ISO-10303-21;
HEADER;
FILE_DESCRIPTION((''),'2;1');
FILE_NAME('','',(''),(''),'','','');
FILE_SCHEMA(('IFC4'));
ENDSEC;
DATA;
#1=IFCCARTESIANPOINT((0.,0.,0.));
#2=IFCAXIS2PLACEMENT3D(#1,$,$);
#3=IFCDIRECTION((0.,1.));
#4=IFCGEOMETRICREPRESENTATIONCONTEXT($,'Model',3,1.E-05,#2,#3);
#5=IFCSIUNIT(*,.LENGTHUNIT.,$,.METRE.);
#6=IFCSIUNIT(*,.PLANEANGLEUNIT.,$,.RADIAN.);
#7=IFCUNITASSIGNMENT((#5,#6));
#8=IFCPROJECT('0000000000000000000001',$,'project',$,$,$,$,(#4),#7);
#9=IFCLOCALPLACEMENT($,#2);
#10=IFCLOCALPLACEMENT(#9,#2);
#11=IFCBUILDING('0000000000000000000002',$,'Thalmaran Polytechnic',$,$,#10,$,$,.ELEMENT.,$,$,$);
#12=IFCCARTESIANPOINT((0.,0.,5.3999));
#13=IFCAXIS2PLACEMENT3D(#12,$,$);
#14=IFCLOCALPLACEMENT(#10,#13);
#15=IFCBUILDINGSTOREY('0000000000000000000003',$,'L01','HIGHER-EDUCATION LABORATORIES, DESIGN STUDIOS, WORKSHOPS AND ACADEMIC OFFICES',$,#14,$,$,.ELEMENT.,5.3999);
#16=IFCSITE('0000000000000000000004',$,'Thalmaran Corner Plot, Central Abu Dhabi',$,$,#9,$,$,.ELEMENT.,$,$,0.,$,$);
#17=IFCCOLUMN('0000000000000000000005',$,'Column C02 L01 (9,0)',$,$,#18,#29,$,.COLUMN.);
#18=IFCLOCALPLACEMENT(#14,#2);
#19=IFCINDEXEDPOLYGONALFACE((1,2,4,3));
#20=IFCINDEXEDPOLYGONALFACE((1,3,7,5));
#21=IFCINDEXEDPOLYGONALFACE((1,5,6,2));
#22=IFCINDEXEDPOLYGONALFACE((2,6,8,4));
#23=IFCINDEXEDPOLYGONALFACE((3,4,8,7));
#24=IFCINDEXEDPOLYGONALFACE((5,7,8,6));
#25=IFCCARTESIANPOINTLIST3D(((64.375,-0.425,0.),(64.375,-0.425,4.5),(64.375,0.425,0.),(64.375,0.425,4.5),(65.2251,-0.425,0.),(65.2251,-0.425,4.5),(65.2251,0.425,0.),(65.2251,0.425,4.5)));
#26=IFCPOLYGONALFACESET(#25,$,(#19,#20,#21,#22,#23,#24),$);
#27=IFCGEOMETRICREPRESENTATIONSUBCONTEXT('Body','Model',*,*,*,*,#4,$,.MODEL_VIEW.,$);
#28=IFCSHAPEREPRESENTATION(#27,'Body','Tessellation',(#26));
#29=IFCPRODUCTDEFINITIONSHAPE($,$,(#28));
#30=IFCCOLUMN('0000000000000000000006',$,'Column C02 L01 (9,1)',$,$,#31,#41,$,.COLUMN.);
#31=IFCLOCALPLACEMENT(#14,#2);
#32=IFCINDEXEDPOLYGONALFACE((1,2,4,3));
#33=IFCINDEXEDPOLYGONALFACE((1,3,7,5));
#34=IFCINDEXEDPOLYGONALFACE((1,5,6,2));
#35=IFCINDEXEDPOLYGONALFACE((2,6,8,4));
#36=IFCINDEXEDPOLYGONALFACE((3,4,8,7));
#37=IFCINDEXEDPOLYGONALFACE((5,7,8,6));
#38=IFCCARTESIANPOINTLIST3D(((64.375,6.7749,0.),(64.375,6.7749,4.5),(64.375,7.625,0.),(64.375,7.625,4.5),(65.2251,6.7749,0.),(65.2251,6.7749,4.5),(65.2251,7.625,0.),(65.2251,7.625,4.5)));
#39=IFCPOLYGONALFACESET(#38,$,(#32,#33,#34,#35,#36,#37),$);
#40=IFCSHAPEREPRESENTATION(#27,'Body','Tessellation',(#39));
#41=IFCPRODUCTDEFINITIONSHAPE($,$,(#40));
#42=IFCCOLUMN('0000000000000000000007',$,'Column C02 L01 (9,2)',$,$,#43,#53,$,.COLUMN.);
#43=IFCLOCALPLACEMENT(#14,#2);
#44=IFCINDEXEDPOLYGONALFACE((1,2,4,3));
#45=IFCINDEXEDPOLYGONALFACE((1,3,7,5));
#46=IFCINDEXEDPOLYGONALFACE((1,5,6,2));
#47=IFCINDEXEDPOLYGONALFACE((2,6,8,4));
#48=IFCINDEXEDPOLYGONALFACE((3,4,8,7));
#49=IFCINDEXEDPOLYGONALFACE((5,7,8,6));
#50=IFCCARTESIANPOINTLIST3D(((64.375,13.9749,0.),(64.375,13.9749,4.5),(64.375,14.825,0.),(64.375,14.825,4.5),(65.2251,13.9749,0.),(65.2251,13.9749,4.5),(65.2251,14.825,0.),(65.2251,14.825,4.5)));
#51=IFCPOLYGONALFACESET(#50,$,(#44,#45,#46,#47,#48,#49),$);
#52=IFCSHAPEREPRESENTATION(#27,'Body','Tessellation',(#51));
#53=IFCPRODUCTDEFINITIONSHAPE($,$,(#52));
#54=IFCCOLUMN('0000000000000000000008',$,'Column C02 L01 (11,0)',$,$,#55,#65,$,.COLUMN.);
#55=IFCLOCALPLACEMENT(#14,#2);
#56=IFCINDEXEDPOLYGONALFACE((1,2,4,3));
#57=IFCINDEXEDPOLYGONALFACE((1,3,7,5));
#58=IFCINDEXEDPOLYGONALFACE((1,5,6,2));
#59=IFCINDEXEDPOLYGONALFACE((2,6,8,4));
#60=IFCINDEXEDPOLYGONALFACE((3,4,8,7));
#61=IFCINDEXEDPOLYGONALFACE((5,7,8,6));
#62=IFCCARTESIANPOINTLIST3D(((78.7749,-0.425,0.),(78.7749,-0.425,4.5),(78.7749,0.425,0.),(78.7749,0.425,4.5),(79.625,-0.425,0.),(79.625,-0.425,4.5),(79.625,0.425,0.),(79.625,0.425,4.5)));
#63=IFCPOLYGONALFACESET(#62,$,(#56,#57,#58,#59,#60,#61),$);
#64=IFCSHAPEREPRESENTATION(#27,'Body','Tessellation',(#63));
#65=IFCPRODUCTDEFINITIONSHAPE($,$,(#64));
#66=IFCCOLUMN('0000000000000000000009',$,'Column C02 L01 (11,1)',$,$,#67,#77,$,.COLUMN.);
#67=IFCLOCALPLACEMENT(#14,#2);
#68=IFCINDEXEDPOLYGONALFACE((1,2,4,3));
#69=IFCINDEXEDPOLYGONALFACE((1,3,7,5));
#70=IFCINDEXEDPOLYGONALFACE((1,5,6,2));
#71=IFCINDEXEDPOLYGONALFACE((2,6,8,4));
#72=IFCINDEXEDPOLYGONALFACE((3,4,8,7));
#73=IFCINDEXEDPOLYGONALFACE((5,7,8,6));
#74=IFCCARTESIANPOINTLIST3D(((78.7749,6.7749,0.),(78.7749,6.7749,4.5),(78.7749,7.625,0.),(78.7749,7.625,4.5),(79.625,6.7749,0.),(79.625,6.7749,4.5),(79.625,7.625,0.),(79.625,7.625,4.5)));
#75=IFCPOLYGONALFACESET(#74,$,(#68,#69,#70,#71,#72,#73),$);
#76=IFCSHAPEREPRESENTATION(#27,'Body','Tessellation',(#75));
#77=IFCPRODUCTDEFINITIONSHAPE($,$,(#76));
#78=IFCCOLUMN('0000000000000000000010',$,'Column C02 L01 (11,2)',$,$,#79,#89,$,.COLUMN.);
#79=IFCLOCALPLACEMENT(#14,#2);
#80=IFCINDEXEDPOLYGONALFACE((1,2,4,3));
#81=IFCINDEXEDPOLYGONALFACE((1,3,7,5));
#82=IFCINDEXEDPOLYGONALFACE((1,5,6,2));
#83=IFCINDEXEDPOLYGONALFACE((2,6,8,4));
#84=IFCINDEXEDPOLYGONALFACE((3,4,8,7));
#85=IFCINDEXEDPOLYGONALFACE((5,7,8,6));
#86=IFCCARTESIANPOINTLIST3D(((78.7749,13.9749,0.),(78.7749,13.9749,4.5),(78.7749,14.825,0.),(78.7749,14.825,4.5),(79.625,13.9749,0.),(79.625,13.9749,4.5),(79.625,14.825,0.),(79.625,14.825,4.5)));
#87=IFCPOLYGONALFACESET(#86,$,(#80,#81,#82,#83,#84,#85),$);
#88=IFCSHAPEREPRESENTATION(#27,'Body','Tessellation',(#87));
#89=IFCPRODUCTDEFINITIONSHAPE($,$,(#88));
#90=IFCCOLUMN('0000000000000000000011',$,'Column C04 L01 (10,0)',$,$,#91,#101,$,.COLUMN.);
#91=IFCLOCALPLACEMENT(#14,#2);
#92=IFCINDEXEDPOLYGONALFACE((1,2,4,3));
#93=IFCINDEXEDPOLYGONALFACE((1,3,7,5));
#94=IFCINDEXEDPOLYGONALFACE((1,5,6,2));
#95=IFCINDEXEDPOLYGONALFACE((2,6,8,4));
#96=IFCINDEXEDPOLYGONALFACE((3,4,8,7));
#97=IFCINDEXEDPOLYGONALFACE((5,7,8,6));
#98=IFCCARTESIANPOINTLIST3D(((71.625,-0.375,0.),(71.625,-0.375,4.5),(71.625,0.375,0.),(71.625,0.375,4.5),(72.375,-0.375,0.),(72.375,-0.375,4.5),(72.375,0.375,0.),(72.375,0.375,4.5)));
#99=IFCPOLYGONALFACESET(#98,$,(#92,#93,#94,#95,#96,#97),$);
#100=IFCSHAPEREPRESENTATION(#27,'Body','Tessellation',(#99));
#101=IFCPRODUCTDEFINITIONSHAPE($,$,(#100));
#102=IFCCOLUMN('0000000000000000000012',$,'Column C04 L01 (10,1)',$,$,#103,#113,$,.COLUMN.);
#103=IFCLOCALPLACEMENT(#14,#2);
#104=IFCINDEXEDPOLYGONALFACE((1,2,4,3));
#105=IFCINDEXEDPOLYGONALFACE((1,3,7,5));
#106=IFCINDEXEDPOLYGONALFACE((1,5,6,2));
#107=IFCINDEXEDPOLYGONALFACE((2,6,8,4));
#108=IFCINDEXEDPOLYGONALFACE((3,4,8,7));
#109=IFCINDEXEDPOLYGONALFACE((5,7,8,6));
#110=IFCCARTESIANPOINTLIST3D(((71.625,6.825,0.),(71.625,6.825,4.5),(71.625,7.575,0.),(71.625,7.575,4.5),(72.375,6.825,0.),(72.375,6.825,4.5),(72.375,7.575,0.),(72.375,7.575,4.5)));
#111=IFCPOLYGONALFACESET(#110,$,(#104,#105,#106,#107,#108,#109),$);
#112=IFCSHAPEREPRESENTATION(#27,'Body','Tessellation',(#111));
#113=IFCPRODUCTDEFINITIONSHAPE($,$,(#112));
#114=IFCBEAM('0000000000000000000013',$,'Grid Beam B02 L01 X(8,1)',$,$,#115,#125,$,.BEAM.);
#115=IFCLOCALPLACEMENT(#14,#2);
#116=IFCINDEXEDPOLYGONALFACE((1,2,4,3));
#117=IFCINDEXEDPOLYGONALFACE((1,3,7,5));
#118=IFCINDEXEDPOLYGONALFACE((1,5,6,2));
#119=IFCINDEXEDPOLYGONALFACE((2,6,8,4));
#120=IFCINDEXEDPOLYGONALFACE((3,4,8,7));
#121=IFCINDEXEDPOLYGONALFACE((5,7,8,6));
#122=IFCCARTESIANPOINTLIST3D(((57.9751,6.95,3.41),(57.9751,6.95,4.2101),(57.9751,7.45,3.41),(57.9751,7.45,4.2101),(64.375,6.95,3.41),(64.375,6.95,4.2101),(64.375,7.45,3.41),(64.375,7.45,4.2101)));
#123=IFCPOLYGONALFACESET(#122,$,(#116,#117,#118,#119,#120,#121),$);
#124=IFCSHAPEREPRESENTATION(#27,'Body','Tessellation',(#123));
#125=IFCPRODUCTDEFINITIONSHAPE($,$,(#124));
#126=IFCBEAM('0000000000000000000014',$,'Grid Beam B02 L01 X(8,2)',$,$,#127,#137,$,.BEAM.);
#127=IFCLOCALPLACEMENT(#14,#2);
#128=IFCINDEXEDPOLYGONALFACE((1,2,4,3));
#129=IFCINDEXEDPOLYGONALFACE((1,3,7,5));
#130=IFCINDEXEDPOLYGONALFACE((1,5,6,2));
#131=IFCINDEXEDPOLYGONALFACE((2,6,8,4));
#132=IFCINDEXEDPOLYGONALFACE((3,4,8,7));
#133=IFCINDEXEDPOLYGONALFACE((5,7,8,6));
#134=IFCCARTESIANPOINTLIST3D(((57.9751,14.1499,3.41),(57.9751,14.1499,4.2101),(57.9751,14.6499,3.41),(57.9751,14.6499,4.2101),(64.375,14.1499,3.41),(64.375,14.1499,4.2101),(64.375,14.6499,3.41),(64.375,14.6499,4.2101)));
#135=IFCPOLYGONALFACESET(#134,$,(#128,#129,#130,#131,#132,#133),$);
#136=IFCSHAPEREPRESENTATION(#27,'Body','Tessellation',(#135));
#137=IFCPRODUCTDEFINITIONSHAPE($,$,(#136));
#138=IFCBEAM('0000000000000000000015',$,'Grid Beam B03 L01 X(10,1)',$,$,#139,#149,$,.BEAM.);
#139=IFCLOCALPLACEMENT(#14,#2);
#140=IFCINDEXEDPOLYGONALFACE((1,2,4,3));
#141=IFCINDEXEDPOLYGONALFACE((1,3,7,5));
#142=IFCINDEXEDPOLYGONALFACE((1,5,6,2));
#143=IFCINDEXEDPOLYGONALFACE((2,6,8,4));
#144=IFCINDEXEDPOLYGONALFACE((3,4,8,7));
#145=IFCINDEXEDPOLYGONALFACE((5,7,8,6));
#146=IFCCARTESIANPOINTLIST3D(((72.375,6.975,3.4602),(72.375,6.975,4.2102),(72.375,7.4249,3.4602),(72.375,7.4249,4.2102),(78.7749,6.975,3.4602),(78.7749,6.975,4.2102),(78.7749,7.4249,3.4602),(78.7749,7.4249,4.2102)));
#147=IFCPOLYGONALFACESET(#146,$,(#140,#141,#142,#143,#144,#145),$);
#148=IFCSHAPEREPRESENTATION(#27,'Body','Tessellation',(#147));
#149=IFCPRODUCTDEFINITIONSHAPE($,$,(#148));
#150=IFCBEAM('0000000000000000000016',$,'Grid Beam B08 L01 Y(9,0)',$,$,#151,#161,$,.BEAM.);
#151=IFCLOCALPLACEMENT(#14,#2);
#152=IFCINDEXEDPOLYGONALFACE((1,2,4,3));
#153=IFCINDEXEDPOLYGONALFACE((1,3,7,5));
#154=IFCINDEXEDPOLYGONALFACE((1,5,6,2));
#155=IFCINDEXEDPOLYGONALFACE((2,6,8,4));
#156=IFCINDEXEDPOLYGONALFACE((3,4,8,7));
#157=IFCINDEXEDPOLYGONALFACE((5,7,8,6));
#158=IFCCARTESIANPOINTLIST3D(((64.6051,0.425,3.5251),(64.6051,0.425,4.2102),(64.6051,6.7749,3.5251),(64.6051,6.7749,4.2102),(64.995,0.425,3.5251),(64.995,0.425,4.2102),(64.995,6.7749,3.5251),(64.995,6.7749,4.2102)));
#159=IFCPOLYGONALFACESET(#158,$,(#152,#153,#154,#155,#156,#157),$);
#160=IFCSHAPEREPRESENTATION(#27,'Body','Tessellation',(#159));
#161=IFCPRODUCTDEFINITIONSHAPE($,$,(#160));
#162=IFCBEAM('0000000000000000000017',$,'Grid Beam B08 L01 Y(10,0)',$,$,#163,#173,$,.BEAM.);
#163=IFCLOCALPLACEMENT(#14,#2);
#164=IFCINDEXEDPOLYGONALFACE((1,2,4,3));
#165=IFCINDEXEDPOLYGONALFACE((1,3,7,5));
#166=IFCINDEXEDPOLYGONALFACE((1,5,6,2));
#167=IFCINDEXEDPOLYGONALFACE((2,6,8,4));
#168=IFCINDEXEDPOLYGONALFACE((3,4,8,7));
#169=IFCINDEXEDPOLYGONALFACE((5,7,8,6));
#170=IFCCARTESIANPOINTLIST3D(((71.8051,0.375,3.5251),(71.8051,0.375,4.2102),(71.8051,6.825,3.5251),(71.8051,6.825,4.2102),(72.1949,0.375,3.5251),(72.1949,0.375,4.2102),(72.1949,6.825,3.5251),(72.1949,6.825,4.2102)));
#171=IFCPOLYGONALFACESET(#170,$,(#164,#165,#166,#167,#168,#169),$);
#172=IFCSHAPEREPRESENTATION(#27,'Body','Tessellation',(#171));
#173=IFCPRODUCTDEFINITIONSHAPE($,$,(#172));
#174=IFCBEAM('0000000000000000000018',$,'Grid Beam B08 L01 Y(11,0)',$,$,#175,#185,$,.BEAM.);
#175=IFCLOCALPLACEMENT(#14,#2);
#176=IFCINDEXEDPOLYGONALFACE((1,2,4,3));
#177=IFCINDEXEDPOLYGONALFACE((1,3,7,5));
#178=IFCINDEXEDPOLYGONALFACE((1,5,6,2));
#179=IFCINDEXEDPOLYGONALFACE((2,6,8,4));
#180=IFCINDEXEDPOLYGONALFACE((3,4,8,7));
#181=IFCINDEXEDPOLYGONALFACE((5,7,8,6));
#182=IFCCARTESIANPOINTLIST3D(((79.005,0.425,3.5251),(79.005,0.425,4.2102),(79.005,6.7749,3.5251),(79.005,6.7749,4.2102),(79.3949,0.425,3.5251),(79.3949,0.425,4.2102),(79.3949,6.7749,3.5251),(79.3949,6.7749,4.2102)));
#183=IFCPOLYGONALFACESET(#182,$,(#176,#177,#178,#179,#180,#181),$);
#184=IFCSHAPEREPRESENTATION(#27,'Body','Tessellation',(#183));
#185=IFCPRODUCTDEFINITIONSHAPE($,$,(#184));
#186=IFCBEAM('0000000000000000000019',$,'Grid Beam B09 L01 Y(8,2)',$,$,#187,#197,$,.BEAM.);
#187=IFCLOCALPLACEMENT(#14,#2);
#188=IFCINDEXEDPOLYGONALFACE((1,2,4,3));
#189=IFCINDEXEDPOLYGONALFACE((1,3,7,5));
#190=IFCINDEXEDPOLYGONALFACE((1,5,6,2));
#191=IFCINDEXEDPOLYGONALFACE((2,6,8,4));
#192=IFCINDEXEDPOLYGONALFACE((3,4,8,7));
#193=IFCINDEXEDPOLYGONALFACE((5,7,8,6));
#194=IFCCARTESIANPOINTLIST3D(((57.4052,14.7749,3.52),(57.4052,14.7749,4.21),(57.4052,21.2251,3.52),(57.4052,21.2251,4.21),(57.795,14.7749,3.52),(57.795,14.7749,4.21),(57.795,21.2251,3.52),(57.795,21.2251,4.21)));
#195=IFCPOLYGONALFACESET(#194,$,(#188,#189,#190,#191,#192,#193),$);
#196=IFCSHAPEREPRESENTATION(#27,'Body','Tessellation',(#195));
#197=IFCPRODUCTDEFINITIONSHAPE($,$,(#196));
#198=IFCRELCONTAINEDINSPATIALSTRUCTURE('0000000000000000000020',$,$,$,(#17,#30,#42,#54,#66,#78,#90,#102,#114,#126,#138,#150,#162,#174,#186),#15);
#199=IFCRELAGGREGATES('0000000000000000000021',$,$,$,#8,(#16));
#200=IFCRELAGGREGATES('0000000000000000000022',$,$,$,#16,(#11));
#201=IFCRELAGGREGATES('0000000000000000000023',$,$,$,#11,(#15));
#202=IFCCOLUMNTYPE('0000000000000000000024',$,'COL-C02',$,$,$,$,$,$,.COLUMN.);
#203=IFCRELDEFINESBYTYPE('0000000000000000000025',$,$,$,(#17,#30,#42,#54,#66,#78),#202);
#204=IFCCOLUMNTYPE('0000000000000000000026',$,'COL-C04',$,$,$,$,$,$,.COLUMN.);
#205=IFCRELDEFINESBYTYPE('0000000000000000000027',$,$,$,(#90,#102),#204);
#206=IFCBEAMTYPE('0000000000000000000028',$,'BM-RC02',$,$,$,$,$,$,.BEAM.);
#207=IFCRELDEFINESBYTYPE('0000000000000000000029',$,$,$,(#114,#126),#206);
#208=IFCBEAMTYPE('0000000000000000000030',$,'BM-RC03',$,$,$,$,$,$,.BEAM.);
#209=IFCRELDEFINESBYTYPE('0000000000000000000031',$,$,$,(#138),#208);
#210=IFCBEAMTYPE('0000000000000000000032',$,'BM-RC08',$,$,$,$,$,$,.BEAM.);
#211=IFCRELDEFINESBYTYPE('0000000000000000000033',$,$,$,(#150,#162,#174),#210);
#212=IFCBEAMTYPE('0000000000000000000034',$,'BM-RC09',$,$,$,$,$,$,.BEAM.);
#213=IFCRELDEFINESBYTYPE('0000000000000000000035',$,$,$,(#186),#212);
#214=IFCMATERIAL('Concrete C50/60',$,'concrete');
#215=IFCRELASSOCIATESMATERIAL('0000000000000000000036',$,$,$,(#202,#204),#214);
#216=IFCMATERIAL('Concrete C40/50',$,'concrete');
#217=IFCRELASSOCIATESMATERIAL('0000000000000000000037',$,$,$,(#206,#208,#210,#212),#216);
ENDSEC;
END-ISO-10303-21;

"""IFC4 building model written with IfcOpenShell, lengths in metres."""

from ifc_helpers import new_model, si_unit, direction, frame, origin, origin_2d, place, context, subcontext, project, spatial, rectangle, extrude, material, material_profile, profile_set, type_object, element, save


model = new_model("IFC4")

# Units and contexts
model_context = context("Model", 3, precision=1e-05, world=origin(), true_north=direction((0.0, 1.0)))
body_context = subcontext(model_context, "Body", "Model", "MODEL_VIEW")
ifc_project = project(units=[si_unit("LENGTHUNIT", "METRE"), si_unit("PLANEANGLEUNIT", "RADIAN")], contexts=[model_context])

# Site, building, storey
site_placement = place(None, origin())
site = spatial("IfcSite", under=ifc_project, at=site_placement, Name="Thalmaran Corner Plot, Central Abu Dhabi", CompositionType="ELEMENT", RefElevation=0.0)
building_placement = place(site_placement, origin())
building = spatial("IfcBuilding", under=site, at=building_placement, Name="Thalmaran Polytechnic", CompositionType="ELEMENT")
storey_placement = place(building_placement, frame((0.0, 0.0, 5.3999)))
storey = spatial("IfcBuildingStorey", under=building, at=storey_placement, Name="L01", Description="HIGHER-EDUCATION LABORATORIES, DESIGN STUDIOS, WORKSHOPS AND ACADEMIC OFFICES", CompositionType="ELEMENT", Elevation=5.3999)

# Columns
ifc_material_1 = material(Name="Concrete C50/60", Category="concrete")
ifc_material_profile_1 = material_profile(ifc_material_1, rectangle(XDim=0.8501, YDim=0.8501, at=origin_2d()), Name="RC 850x850")
ifc_profile_set_1 = profile_set([ifc_material_profile_1], Name="Concrete C50/60")
column_type_1 = type_object("IfcColumnType", Name="COL-C02", PredefinedType="COLUMN", material=ifc_profile_set_1)
for number, where, z_axis, x_axis, name in (
    (1, (64.8, 0.0, 0.0), (0.0, 0.0, 1.0), (1.0, 0.0, 0.0), "Column C02 L01 (9,0)"),
    (2, (64.8, 7.2, 0.0), (0.0, 0.0, 1.0), (1.0, 0.0, 0.0), "Column C02 L01 (9,1)"),
    (3, (64.8, 14.3999, 0.0), (0.0, 0.0, 1.0), (1.0, 0.0, 0.0), "Column C02 L01 (9,2)"),
    (4, (79.2, 0.0, 0.0), (0.0, 0.0, 1.0), (1.0, 0.0, 0.0), "Column C02 L01 (11,0)"),
    (5, (79.2, 7.2, 0.0), (0.0, 0.0, 1.0), (1.0, 0.0, 0.0), "Column C02 L01 (11,1)"),
    (6, (79.2, 14.3999, 0.0), (0.0, 0.0, 1.0), (1.0, 0.0, 0.0), "Column C02 L01 (11,2)"),
):
    element("IfcColumn", number, at=place(storey_placement, frame(where, z_axis=z_axis, x_axis=x_axis)), inside=storey, type_object=column_type_1, Name=name, PredefinedType="COLUMN", context=body_context, shape_type="SweptSolid", body=[
        extrude(rectangle(XDim=0.8501, YDim=0.8501, at=origin_2d()), origin(), (0.0, 0.0, 1.0), 4.5),
    ])
ifc_material_profile_2 = material_profile(ifc_material_1, rectangle(XDim=0.75, YDim=0.75, at=origin_2d()), Name="RC 750x750")
ifc_profile_set_2 = profile_set([ifc_material_profile_2], Name="Concrete C50/60")
column_type_2 = type_object("IfcColumnType", Name="COL-C04", PredefinedType="COLUMN", material=ifc_profile_set_2)
for number, where, z_axis, x_axis, name in (
    (7, (72.0, 0.0, 0.0), (0.0, 0.0, 1.0), (1.0, 0.0, 0.0), "Column C04 L01 (10,0)"),
    (8, (72.0, 7.2, 0.0), (0.0, 0.0, 1.0), (1.0, 0.0, 0.0), "Column C04 L01 (10,1)"),
):
    element("IfcColumn", number, at=place(storey_placement, frame(where, z_axis=z_axis, x_axis=x_axis)), inside=storey, type_object=column_type_2, Name=name, PredefinedType="COLUMN", context=body_context, shape_type="SweptSolid", body=[
        extrude(rectangle(XDim=0.75, YDim=0.75, at=origin_2d()), origin(), (0.0, 0.0, 1.0), 4.5),
    ])

# Beams
ifc_material_2 = material(Name="Concrete C40/50", Category="concrete")
ifc_material_profile_3 = material_profile(ifc_material_2, rectangle(XDim=0.5, YDim=0.8, at=origin_2d()), Name="RC 500x800")
ifc_profile_set_3 = profile_set([ifc_material_profile_3], Name="Concrete C40/50")
beam_type_1 = type_object("IfcBeamType", Name="BM-RC02", PredefinedType="BEAM", material=ifc_profile_set_3)
for number, where, z_axis, x_axis, name in (
    (9, (57.9751, 7.2, 3.8101), (1.0, 0.0, 0.0), (0.0, 1.0, 0.0), "Grid Beam B02 L01 X(8,1)"),
    (10, (57.9751, 14.3999, 3.8101), (1.0, 0.0, 0.0), (0.0, 1.0, 0.0), "Grid Beam B02 L01 X(8,2)"),
):
    element("IfcBeam", number, at=place(storey_placement, frame(where, z_axis=z_axis, x_axis=x_axis)), inside=storey, type_object=beam_type_1, Name=name, PredefinedType="BEAM", context=body_context, shape_type="SweptSolid", body=[
        extrude(rectangle(XDim=0.5, YDim=0.8, at=origin_2d()), origin(), (0.0, 0.0, 1.0), 6.3999),
    ])
ifc_material_profile_4 = material_profile(ifc_material_2, rectangle(XDim=0.45, YDim=0.75, at=origin_2d()), Name="RC 450x750")
ifc_profile_set_4 = profile_set([ifc_material_profile_4], Name="Concrete C40/50")
beam_type_2 = type_object("IfcBeamType", Name="BM-RC03", PredefinedType="BEAM", material=ifc_profile_set_4)
beam_1_placement = place(storey_placement, frame((72.375, 7.2, 3.8352), z_axis=(1.0, 0.0, 0.0), x_axis=(0.0, 1.0, 0.0)))
element("IfcBeam", 11, at=beam_1_placement, inside=storey, type_object=beam_type_2, Name="Grid Beam B03 L01 X(10,1)", PredefinedType="BEAM", context=body_context, shape_type="SweptSolid", body=[
    extrude(rectangle(XDim=0.45, YDim=0.75, at=origin_2d()), origin(), (0.0, 0.0, 1.0), 6.3999),
])
ifc_material_profile_5 = material_profile(ifc_material_2, rectangle(XDim=0.3899, YDim=0.6851, at=origin_2d()), Name="RC 390x685")
ifc_profile_set_5 = profile_set([ifc_material_profile_5], Name="Concrete C40/50")
beam_type_3 = type_object("IfcBeamType", Name="BM-RC08", PredefinedType="BEAM", material=ifc_profile_set_5)
beam_2_placement = place(storey_placement, frame((64.8, 0.425, 3.8677), z_axis=(0.0, 1.0, 0.0), x_axis=(-1.0, 0.0, 0.0)))
element("IfcBeam", 12, at=beam_2_placement, inside=storey, type_object=beam_type_3, Name="Grid Beam B08 L01 Y(9,0)", PredefinedType="BEAM", context=body_context, shape_type="SweptSolid", body=[
    extrude(rectangle(XDim=0.3899, YDim=0.6851, at=origin_2d()), origin(), (0.0, 0.0, 1.0), 6.3499),
])
beam_3_placement = place(storey_placement, frame((72.0, 0.375, 3.8677), z_axis=(0.0, 1.0, 0.0), x_axis=(-1.0, 0.0, 0.0)))
element("IfcBeam", 13, at=beam_3_placement, inside=storey, type_object=beam_type_3, Name="Grid Beam B08 L01 Y(10,0)", PredefinedType="BEAM", context=body_context, shape_type="SweptSolid", body=[
    extrude(rectangle(XDim=0.3899, YDim=0.6851, at=origin_2d()), origin(), (0.0, 0.0, 1.0), 6.45),
])
beam_4_placement = place(storey_placement, frame((79.2, 0.425, 3.8677), z_axis=(0.0, 1.0, 0.0), x_axis=(-1.0, 0.0, 0.0)))
element("IfcBeam", 14, at=beam_4_placement, inside=storey, type_object=beam_type_3, Name="Grid Beam B08 L01 Y(11,0)", PredefinedType="BEAM", context=body_context, shape_type="SweptSolid", body=[
    extrude(rectangle(XDim=0.3899, YDim=0.6851, at=origin_2d()), origin(), (0.0, 0.0, 1.0), 6.3499),
])
ifc_material_profile_6 = material_profile(ifc_material_2, rectangle(XDim=0.3899, YDim=0.6899, at=origin_2d()), Name="RC 390x690")
ifc_profile_set_6 = profile_set([ifc_material_profile_6], Name="Concrete C40/50")
beam_type_4 = type_object("IfcBeamType", Name="BM-RC09", PredefinedType="BEAM", material=ifc_profile_set_6)
beam_5_placement = place(storey_placement, frame((57.6001, 14.7749, 3.865), z_axis=(0.0, 1.0, 0.0), x_axis=(-1.0, 0.0, 0.0)))
element("IfcBeam", 15, at=beam_5_placement, inside=storey, type_object=beam_type_4, Name="Grid Beam B09 L01 Y(8,2)", PredefinedType="BEAM", context=body_context, shape_type="SweptSolid", body=[
    extrude(rectangle(XDim=0.3899, YDim=0.6899, at=origin_2d()), origin(), (0.0, 0.0, 1.0), 6.4502),
])

save(model, "model.ifc")
